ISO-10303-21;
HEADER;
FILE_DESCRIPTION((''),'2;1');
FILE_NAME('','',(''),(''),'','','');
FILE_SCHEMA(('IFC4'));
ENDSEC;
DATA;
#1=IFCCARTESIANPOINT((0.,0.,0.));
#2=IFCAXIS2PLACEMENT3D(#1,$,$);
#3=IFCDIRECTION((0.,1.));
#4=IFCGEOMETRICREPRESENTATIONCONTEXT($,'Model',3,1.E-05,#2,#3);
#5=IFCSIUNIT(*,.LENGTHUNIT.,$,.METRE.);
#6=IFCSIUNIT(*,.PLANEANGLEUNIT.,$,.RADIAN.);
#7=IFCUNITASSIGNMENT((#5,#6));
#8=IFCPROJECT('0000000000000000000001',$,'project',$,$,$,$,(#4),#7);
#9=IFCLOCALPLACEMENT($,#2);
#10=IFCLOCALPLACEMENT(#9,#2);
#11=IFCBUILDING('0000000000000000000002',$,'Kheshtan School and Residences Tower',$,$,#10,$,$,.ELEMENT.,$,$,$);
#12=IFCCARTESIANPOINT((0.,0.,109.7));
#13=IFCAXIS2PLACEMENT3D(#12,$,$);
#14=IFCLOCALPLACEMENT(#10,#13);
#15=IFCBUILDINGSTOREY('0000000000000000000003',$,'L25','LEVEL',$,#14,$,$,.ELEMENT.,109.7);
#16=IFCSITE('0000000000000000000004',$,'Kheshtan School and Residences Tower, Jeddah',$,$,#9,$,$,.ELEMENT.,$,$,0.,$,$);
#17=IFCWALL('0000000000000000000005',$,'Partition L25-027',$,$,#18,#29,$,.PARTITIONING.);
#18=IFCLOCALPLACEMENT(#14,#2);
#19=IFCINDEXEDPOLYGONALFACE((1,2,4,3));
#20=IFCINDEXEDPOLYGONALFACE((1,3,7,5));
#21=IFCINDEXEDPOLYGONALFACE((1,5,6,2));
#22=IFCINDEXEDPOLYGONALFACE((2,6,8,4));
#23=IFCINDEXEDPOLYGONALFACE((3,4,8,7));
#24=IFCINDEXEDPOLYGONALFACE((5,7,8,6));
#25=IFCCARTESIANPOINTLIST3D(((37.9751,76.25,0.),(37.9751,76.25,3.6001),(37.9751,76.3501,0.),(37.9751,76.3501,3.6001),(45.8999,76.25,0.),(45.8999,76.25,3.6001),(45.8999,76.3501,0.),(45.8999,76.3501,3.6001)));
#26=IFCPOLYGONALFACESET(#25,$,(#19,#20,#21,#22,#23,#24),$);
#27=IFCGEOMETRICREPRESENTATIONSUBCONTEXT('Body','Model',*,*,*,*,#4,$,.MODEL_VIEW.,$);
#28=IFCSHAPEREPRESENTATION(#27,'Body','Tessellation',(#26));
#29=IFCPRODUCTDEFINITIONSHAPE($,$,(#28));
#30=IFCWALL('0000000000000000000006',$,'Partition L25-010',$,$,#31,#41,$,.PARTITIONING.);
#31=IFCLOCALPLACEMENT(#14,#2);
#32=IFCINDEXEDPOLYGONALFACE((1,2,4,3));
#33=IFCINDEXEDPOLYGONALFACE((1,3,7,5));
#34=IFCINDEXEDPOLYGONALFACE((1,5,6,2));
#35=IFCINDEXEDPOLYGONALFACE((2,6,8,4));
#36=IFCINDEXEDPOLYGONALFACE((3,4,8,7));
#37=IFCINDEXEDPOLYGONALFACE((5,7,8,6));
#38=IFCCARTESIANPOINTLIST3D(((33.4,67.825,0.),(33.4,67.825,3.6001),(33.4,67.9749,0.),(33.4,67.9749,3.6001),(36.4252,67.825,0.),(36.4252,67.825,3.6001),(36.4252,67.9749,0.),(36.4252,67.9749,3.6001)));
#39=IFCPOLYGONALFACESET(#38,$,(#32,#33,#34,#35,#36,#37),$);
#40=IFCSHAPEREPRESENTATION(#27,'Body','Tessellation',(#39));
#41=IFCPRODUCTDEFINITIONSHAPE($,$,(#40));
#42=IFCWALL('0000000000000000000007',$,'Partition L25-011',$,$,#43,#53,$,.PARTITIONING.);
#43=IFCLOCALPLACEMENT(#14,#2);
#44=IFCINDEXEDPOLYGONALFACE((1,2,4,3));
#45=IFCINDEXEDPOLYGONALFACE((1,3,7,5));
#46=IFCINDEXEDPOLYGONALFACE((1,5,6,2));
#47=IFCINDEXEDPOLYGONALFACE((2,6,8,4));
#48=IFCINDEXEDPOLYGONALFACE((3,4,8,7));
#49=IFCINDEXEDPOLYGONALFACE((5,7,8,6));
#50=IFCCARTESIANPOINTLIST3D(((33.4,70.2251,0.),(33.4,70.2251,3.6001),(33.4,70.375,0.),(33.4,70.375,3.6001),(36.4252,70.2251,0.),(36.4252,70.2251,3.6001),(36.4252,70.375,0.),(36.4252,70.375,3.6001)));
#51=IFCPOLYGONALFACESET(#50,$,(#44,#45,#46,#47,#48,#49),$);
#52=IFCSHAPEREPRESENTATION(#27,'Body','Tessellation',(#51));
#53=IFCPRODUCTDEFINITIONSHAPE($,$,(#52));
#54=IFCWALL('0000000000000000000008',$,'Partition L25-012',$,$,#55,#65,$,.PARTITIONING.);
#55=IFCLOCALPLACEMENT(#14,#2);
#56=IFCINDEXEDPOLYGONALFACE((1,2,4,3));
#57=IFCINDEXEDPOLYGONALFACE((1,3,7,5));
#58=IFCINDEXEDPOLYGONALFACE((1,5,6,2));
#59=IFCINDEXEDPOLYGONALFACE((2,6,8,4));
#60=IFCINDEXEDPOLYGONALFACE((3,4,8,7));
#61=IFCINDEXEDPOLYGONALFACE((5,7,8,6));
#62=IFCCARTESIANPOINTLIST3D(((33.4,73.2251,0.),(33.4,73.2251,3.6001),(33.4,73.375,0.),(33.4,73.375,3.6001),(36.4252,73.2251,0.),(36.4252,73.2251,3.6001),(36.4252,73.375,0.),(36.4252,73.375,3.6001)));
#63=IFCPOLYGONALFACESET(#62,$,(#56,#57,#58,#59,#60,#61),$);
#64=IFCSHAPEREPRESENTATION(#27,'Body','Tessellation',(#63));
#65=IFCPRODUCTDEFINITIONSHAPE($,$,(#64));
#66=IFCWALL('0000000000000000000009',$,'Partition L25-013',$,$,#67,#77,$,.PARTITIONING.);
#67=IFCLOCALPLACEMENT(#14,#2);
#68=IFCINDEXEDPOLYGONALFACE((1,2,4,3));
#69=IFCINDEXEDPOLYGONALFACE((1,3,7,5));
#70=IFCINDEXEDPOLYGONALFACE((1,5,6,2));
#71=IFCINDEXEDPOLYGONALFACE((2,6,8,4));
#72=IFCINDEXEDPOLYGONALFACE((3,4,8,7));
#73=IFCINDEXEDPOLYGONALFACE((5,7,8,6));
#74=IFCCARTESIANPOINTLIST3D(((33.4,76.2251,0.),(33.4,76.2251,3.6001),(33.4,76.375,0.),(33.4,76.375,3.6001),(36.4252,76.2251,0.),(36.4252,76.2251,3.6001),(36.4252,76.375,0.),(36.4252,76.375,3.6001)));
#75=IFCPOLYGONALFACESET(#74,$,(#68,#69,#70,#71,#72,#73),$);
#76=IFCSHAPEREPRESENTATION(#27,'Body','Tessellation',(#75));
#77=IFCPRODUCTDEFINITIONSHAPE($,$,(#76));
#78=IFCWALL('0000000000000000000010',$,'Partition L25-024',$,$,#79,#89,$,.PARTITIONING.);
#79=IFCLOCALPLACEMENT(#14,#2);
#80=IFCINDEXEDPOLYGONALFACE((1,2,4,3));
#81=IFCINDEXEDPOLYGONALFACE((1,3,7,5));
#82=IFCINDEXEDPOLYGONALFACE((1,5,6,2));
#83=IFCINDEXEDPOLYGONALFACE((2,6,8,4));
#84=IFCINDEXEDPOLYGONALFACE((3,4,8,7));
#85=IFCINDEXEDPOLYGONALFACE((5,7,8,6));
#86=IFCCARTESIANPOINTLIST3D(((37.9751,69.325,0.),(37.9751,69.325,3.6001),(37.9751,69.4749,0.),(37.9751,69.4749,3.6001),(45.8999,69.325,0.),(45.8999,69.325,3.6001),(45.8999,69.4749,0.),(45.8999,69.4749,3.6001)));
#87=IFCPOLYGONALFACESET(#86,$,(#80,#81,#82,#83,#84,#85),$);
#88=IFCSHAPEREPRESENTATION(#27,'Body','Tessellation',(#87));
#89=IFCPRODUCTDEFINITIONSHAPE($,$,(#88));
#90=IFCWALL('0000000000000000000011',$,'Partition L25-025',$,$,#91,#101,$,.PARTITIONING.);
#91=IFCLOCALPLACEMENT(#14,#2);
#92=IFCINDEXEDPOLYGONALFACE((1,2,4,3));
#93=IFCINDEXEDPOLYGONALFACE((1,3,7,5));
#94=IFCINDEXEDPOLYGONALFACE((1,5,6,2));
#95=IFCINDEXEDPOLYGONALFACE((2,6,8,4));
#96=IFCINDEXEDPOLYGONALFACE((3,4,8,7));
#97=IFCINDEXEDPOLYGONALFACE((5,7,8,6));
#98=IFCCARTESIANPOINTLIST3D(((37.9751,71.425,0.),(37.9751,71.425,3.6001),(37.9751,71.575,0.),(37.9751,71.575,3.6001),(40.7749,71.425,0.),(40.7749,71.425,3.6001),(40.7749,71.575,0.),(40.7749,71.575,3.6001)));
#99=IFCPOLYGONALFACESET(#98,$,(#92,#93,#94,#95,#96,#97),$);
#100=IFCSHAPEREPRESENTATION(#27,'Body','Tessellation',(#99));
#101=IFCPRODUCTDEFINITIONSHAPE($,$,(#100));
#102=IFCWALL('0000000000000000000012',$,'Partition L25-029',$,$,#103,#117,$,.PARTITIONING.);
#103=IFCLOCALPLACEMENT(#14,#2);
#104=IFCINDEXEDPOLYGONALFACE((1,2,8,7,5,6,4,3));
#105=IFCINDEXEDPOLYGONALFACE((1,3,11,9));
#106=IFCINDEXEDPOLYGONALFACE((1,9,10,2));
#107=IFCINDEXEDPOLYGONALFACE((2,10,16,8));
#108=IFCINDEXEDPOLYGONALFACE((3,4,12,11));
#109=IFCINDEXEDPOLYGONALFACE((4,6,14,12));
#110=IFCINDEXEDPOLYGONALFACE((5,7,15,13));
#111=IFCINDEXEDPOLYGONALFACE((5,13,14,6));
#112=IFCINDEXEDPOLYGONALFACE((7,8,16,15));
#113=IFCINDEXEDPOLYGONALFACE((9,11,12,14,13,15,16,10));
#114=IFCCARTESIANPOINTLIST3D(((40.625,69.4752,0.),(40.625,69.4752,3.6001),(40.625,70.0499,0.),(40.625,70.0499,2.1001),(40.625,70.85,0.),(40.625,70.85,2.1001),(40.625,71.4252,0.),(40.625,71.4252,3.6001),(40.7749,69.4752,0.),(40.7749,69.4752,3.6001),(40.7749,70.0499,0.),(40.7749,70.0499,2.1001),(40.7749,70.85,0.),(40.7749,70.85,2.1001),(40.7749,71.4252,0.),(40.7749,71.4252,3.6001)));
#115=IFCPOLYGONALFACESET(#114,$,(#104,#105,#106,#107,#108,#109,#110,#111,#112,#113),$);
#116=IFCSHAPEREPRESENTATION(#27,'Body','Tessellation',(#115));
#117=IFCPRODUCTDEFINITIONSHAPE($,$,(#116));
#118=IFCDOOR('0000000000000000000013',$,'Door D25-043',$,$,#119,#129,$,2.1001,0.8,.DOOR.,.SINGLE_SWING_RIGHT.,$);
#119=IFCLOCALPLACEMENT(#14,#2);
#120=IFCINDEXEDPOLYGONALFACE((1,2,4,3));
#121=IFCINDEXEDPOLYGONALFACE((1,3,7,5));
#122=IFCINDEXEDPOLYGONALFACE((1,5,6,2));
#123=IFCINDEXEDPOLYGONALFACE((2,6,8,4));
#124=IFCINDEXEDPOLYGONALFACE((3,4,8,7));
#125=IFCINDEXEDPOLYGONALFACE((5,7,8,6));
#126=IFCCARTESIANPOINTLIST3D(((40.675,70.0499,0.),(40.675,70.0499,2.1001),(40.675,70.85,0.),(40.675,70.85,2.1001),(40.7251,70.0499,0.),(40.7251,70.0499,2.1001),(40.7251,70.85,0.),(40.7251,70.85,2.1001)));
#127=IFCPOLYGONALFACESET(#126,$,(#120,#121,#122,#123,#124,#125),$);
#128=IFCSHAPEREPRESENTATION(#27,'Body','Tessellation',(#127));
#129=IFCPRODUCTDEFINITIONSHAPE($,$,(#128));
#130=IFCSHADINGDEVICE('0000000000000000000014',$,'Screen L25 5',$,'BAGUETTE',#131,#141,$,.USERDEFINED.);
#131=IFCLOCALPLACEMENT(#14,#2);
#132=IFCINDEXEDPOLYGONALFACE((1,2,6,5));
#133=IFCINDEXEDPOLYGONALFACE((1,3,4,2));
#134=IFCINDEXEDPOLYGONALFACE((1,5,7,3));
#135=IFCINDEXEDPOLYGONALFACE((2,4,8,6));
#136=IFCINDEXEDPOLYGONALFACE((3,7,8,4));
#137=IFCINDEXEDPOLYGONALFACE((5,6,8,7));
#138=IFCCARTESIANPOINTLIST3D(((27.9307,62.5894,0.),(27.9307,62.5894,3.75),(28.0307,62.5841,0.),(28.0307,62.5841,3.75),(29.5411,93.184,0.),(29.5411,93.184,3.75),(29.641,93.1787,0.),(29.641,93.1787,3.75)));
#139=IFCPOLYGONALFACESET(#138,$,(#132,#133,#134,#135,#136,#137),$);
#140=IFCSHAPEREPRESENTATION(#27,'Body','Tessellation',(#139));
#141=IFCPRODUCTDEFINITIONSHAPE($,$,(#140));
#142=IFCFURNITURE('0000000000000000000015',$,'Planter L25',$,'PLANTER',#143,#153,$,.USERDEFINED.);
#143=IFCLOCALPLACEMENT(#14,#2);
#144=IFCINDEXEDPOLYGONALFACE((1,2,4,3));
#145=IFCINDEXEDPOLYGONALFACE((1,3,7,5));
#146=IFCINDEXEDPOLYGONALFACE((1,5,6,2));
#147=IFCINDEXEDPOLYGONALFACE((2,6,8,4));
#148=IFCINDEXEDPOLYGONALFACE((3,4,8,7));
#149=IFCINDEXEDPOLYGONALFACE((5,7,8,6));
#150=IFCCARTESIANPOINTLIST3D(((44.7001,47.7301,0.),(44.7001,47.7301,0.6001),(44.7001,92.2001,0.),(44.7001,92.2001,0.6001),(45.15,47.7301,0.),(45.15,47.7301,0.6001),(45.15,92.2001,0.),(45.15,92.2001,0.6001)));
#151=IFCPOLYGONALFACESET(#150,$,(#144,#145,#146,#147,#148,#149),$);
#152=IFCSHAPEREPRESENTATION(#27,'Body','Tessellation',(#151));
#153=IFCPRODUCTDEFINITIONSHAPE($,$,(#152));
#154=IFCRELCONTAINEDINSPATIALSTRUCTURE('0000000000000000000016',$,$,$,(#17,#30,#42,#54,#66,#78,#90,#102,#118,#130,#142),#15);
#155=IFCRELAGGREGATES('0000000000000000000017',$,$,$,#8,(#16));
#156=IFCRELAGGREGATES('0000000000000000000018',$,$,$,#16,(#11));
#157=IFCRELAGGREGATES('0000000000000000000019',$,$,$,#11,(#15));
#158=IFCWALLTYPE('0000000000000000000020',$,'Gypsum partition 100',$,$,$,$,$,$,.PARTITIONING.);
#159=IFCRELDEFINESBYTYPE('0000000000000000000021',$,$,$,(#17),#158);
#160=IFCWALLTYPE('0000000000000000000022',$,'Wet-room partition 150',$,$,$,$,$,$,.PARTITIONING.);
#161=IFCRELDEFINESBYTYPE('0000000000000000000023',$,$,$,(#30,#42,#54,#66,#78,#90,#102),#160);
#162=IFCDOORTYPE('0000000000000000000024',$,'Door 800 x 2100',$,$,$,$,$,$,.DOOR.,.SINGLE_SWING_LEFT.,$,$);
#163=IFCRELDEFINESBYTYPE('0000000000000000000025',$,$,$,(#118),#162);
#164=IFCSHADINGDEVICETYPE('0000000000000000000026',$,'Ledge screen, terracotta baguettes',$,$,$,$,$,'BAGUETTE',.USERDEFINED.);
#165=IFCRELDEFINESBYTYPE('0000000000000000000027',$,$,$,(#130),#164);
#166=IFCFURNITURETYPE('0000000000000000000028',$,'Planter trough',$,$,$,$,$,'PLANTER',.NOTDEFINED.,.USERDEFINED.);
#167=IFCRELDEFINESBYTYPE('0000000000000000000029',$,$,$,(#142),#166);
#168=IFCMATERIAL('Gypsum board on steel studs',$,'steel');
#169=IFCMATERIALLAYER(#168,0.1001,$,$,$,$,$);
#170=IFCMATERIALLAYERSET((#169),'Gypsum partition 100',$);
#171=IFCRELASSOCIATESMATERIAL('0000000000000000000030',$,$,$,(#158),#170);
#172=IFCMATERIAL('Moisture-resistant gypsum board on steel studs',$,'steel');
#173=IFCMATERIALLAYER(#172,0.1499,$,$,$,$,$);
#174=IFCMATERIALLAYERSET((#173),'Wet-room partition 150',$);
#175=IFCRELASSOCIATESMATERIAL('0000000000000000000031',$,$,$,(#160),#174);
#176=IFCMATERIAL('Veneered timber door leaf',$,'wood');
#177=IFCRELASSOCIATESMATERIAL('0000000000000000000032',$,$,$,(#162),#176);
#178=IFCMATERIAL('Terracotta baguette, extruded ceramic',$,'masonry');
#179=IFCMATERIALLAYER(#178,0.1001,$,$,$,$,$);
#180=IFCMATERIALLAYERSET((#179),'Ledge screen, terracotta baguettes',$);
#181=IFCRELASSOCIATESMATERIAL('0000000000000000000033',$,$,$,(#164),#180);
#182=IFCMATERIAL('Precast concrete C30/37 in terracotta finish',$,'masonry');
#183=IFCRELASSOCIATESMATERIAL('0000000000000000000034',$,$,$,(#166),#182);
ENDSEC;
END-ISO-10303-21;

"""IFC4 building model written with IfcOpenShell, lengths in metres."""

from ifc_helpers import new_model, si_unit, direction, frame, frame_2d, origin, origin_2d, place, context, subcontext, project, spatial, rectangle, extrude, source, transform, mapped, material, layer, layer_set, type_object, element, fill, save


model = new_model("IFC4")

# Units and contexts
model_context = context("Model", 3, precision=1e-05, world=origin(), true_north=direction((0.0, 1.0)))
body_context = subcontext(model_context, "Body", "Model", "MODEL_VIEW")
ifc_project = project(units=[si_unit("LENGTHUNIT", "METRE"), si_unit("PLANEANGLEUNIT", "RADIAN")], contexts=[model_context])

# Site, building, storey
site_placement = place(None, origin())
site = spatial("IfcSite", under=ifc_project, at=site_placement, Name="Kheshtan School and Residences Tower, Jeddah", CompositionType="ELEMENT", RefElevation=0.0)
building_placement = place(site_placement, origin())
building = spatial("IfcBuilding", under=site, at=building_placement, Name="Kheshtan School and Residences Tower", CompositionType="ELEMENT")
storey_placement = place(building_placement, frame((0.0, 0.0, 109.7)))
storey = spatial("IfcBuildingStorey", under=building, at=storey_placement, Name="L25", Description="LEVEL", CompositionType="ELEMENT", Elevation=109.7)

# Walls
ifc_material_1 = material(Name="Gypsum board on steel studs", Category="steel")
ifc_layer_1 = layer(ifc_material_1, 0.1001)
ifc_layer_set_1 = layer_set([ifc_layer_1], Name="Gypsum partition 100")
wall_type_1 = type_object("IfcWallType", Name="Gypsum partition 100", PredefinedType="PARTITIONING", material=ifc_layer_set_1)
for number, where, z_axis, x_axis, name in (
    (1, (37.9751, 76.3, 0.0), (0.0, 0.0, 1.0), (1.0, 0.0, 0.0), "Partition L25-027"),
):
    element("IfcWall", number, at=place(storey_placement, frame(where, z_axis=z_axis, x_axis=x_axis)), inside=storey, type_object=wall_type_1, Name=name, PredefinedType="PARTITIONING", context=body_context, shape_type="SweptSolid", body=[
        extrude(rectangle(XDim=7.9248, YDim=0.1001, at=frame_2d((3.9624, 0.0))), origin(), (0.0, 0.0, 1.0), 3.6001),
    ])
ifc_material_2 = material(Name="Moisture-resistant gypsum board on steel studs", Category="steel")
ifc_layer_2 = layer(ifc_material_2, 0.1499)
ifc_layer_set_2 = layer_set([ifc_layer_2], Name="Wet-room partition 150")
wall_type_2 = type_object("IfcWallType", Name="Wet-room partition 150", PredefinedType="PARTITIONING", material=ifc_layer_set_2)
for number, where, z_axis, x_axis, name in (
    (2, (33.3999, 67.8999, 0.0), (0.0, 0.0, 1.0), (1.0, 0.0, 0.0), "Partition L25-010"),
    (3, (33.3999, 70.3, 0.0), (0.0, 0.0, 1.0), (1.0, 0.0, 0.0), "Partition L25-011"),
    (4, (33.3999, 73.3, 0.0), (0.0, 0.0, 1.0), (1.0, 0.0, 0.0), "Partition L25-012"),
    (5, (33.3999, 76.3, 0.0), (0.0, 0.0, 1.0), (1.0, 0.0, 0.0), "Partition L25-013"),
):
    element("IfcWall", number, at=place(storey_placement, frame(where, z_axis=z_axis, x_axis=x_axis)), inside=storey, type_object=wall_type_2, Name=name, PredefinedType="PARTITIONING", context=body_context, shape_type="SweptSolid", body=[
        extrude(rectangle(XDim=3.0251, YDim=0.1499, at=frame_2d((1.5127, 0.0))), origin(), (0.0, 0.0, 1.0), 3.6001),
    ])
wall_1_placement = place(storey_placement, frame((37.9751, 69.3999, 0.0), z_axis=(0.0, 0.0, 1.0), x_axis=(1.0, 0.0, 0.0)))
element("IfcWall", 6, at=wall_1_placement, inside=storey, type_object=wall_type_2, Name="Partition L25-024", PredefinedType="PARTITIONING", context=body_context, shape_type="SweptSolid", body=[
    extrude(rectangle(XDim=7.9248, YDim=0.1499, at=frame_2d((3.9624, 0.0))), origin(), (0.0, 0.0, 1.0), 3.6001),
])
wall_2_placement = place(storey_placement, frame((37.9751, 71.5, 0.0), z_axis=(0.0, 0.0, 1.0), x_axis=(1.0, 0.0, 0.0)))
element("IfcWall", 7, at=wall_2_placement, inside=storey, type_object=wall_type_2, Name="Partition L25-025", PredefinedType="PARTITIONING", context=body_context, shape_type="SweptSolid", body=[
    extrude(rectangle(XDim=2.7998, YDim=0.1499, at=frame_2d((1.3999, 0.0))), origin(), (0.0, 0.0, 1.0), 3.6001),
])

# Wall, opening, door
wall_3_placement = place(storey_placement, frame((40.7, 69.4751, 0.0), z_axis=(0.0, 0.0, 1.0), x_axis=(0.0, 1.0, 0.0)))
wall_3 = element("IfcWall", 8, at=wall_3_placement, inside=storey, type_object=wall_type_2, Name="Partition L25-029", PredefinedType="PARTITIONING", context=body_context, shape_type="SweptSolid", body=[
    extrude(rectangle(XDim=1.95, YDim=0.1499, at=frame_2d((0.9751, 0.0))), origin(), (0.0, 0.0, 1.0), 3.6001),
])
opening_1_placement = place(wall_3_placement, frame((0.575, 0.0, 0.0)))
opening_1 = element("IfcOpeningElement", 9, at=opening_1_placement, cuts=wall_3, PredefinedType="OPENING", context=body_context, shape_type="SweptSolid", body=[
    extrude(rectangle(XDim=0.8, YDim=2.1001, at=frame_2d((0.3999, 1.05))), frame((0.0, 0.085, 0.0), z_axis=(0.0, -1.0, 0.0), x_axis=(1.0, 0.0, 0.0)), (0.0, 0.0, 1.0), 0.1699),
])
ifc_material_3 = material(Name="Veneered timber door leaf", Category="wood")
door_type_1 = type_object("IfcDoorType", Name="Door 800 x 2100", OperationType="SINGLE_SWING_LEFT", PredefinedType="DOOR", material=ifc_material_3)
shared_shape_1 = source(origin(), body_context, "Body", "SweptSolid", [
    extrude(rectangle(XDim=0.8, YDim=2.1001, at=frame_2d((0.3999, 1.05))), frame((0.0, 0.0249, 0.0), z_axis=(0.0, -1.0, 0.0), x_axis=(1.0, 0.0, 0.0)), (0.0, 0.0, 1.0), 0.05),
])
door_1_placement = place(opening_1_placement, origin())
door_1 = element("IfcDoor", 10, at=door_1_placement, inside=storey, type_object=door_type_1, Name="Door D25-043", OperationType="SINGLE_SWING_RIGHT", OverallHeight=2.1001, OverallWidth=0.8, PredefinedType="DOOR", context=body_context, shape_type="MappedRepresentation", body=[
    mapped(shared_shape_1, transform((0.0, 0.0, 0.0), x_axis=(1.0, 0.0, 0.0), y_axis=(0.0, 1.0, 0.0), z_axis=(0.0, 0.0, 1.0), scale=1.0)),
])
fill(opening_1, door_1)

# Shading device
ifc_material_4 = material(Name="Terracotta baguette, extruded ceramic", Category="masonry")
ifc_layer_3 = layer(ifc_material_4, 0.1001)
ifc_layer_set_3 = layer_set([ifc_layer_3], Name="Ledge screen, terracotta baguettes")
shading_device_type = type_object("IfcShadingDeviceType", Name="Ledge screen, terracotta baguettes", ElementType="BAGUETTE", PredefinedType="USERDEFINED", material=ifc_layer_set_3)
shading_device_placement = place(storey_placement, frame((28.7859, 77.884, 0.0), z_axis=(0.0, 0.0, 1.0), x_axis=(0.052563, 0.998618, 0.0)))
element("IfcShadingDevice", 11, at=shading_device_placement, inside=storey, type_object=shading_device_type, Name="Screen L25 5", ObjectType="BAGUETTE", PredefinedType="USERDEFINED", context=body_context, shape_type="SweptSolid", body=[
    extrude(rectangle(XDim=30.637, YDim=0.1001, at=origin_2d()), origin(), (0.0, 0.0, 1.0), 3.75),
])

# Furniture
ifc_material_5 = material(Name="Precast concrete C30/37 in terracotta finish", Category="masonry")
furniture_type = type_object("IfcFurnitureType", Name="Planter trough", ElementType="PLANTER", AssemblyPlace="NOTDEFINED", PredefinedType="USERDEFINED", material=ifc_material_5)
furniture_placement = place(storey_placement, frame((44.925, 69.9651, 0.0), z_axis=(0.0, 0.0, 1.0), x_axis=(0.0, -1.0, 0.0)))
element("IfcFurniture", 12, at=furniture_placement, inside=storey, type_object=furniture_type, Name="Planter L25", ObjectType="PLANTER", PredefinedType="USERDEFINED", context=body_context, shape_type="SweptSolid", body=[
    extrude(rectangle(XDim=44.47, YDim=0.45, at=origin_2d()), origin(), (0.0, 0.0, 1.0), 0.6001),
])

save(model, "model.ifc")
